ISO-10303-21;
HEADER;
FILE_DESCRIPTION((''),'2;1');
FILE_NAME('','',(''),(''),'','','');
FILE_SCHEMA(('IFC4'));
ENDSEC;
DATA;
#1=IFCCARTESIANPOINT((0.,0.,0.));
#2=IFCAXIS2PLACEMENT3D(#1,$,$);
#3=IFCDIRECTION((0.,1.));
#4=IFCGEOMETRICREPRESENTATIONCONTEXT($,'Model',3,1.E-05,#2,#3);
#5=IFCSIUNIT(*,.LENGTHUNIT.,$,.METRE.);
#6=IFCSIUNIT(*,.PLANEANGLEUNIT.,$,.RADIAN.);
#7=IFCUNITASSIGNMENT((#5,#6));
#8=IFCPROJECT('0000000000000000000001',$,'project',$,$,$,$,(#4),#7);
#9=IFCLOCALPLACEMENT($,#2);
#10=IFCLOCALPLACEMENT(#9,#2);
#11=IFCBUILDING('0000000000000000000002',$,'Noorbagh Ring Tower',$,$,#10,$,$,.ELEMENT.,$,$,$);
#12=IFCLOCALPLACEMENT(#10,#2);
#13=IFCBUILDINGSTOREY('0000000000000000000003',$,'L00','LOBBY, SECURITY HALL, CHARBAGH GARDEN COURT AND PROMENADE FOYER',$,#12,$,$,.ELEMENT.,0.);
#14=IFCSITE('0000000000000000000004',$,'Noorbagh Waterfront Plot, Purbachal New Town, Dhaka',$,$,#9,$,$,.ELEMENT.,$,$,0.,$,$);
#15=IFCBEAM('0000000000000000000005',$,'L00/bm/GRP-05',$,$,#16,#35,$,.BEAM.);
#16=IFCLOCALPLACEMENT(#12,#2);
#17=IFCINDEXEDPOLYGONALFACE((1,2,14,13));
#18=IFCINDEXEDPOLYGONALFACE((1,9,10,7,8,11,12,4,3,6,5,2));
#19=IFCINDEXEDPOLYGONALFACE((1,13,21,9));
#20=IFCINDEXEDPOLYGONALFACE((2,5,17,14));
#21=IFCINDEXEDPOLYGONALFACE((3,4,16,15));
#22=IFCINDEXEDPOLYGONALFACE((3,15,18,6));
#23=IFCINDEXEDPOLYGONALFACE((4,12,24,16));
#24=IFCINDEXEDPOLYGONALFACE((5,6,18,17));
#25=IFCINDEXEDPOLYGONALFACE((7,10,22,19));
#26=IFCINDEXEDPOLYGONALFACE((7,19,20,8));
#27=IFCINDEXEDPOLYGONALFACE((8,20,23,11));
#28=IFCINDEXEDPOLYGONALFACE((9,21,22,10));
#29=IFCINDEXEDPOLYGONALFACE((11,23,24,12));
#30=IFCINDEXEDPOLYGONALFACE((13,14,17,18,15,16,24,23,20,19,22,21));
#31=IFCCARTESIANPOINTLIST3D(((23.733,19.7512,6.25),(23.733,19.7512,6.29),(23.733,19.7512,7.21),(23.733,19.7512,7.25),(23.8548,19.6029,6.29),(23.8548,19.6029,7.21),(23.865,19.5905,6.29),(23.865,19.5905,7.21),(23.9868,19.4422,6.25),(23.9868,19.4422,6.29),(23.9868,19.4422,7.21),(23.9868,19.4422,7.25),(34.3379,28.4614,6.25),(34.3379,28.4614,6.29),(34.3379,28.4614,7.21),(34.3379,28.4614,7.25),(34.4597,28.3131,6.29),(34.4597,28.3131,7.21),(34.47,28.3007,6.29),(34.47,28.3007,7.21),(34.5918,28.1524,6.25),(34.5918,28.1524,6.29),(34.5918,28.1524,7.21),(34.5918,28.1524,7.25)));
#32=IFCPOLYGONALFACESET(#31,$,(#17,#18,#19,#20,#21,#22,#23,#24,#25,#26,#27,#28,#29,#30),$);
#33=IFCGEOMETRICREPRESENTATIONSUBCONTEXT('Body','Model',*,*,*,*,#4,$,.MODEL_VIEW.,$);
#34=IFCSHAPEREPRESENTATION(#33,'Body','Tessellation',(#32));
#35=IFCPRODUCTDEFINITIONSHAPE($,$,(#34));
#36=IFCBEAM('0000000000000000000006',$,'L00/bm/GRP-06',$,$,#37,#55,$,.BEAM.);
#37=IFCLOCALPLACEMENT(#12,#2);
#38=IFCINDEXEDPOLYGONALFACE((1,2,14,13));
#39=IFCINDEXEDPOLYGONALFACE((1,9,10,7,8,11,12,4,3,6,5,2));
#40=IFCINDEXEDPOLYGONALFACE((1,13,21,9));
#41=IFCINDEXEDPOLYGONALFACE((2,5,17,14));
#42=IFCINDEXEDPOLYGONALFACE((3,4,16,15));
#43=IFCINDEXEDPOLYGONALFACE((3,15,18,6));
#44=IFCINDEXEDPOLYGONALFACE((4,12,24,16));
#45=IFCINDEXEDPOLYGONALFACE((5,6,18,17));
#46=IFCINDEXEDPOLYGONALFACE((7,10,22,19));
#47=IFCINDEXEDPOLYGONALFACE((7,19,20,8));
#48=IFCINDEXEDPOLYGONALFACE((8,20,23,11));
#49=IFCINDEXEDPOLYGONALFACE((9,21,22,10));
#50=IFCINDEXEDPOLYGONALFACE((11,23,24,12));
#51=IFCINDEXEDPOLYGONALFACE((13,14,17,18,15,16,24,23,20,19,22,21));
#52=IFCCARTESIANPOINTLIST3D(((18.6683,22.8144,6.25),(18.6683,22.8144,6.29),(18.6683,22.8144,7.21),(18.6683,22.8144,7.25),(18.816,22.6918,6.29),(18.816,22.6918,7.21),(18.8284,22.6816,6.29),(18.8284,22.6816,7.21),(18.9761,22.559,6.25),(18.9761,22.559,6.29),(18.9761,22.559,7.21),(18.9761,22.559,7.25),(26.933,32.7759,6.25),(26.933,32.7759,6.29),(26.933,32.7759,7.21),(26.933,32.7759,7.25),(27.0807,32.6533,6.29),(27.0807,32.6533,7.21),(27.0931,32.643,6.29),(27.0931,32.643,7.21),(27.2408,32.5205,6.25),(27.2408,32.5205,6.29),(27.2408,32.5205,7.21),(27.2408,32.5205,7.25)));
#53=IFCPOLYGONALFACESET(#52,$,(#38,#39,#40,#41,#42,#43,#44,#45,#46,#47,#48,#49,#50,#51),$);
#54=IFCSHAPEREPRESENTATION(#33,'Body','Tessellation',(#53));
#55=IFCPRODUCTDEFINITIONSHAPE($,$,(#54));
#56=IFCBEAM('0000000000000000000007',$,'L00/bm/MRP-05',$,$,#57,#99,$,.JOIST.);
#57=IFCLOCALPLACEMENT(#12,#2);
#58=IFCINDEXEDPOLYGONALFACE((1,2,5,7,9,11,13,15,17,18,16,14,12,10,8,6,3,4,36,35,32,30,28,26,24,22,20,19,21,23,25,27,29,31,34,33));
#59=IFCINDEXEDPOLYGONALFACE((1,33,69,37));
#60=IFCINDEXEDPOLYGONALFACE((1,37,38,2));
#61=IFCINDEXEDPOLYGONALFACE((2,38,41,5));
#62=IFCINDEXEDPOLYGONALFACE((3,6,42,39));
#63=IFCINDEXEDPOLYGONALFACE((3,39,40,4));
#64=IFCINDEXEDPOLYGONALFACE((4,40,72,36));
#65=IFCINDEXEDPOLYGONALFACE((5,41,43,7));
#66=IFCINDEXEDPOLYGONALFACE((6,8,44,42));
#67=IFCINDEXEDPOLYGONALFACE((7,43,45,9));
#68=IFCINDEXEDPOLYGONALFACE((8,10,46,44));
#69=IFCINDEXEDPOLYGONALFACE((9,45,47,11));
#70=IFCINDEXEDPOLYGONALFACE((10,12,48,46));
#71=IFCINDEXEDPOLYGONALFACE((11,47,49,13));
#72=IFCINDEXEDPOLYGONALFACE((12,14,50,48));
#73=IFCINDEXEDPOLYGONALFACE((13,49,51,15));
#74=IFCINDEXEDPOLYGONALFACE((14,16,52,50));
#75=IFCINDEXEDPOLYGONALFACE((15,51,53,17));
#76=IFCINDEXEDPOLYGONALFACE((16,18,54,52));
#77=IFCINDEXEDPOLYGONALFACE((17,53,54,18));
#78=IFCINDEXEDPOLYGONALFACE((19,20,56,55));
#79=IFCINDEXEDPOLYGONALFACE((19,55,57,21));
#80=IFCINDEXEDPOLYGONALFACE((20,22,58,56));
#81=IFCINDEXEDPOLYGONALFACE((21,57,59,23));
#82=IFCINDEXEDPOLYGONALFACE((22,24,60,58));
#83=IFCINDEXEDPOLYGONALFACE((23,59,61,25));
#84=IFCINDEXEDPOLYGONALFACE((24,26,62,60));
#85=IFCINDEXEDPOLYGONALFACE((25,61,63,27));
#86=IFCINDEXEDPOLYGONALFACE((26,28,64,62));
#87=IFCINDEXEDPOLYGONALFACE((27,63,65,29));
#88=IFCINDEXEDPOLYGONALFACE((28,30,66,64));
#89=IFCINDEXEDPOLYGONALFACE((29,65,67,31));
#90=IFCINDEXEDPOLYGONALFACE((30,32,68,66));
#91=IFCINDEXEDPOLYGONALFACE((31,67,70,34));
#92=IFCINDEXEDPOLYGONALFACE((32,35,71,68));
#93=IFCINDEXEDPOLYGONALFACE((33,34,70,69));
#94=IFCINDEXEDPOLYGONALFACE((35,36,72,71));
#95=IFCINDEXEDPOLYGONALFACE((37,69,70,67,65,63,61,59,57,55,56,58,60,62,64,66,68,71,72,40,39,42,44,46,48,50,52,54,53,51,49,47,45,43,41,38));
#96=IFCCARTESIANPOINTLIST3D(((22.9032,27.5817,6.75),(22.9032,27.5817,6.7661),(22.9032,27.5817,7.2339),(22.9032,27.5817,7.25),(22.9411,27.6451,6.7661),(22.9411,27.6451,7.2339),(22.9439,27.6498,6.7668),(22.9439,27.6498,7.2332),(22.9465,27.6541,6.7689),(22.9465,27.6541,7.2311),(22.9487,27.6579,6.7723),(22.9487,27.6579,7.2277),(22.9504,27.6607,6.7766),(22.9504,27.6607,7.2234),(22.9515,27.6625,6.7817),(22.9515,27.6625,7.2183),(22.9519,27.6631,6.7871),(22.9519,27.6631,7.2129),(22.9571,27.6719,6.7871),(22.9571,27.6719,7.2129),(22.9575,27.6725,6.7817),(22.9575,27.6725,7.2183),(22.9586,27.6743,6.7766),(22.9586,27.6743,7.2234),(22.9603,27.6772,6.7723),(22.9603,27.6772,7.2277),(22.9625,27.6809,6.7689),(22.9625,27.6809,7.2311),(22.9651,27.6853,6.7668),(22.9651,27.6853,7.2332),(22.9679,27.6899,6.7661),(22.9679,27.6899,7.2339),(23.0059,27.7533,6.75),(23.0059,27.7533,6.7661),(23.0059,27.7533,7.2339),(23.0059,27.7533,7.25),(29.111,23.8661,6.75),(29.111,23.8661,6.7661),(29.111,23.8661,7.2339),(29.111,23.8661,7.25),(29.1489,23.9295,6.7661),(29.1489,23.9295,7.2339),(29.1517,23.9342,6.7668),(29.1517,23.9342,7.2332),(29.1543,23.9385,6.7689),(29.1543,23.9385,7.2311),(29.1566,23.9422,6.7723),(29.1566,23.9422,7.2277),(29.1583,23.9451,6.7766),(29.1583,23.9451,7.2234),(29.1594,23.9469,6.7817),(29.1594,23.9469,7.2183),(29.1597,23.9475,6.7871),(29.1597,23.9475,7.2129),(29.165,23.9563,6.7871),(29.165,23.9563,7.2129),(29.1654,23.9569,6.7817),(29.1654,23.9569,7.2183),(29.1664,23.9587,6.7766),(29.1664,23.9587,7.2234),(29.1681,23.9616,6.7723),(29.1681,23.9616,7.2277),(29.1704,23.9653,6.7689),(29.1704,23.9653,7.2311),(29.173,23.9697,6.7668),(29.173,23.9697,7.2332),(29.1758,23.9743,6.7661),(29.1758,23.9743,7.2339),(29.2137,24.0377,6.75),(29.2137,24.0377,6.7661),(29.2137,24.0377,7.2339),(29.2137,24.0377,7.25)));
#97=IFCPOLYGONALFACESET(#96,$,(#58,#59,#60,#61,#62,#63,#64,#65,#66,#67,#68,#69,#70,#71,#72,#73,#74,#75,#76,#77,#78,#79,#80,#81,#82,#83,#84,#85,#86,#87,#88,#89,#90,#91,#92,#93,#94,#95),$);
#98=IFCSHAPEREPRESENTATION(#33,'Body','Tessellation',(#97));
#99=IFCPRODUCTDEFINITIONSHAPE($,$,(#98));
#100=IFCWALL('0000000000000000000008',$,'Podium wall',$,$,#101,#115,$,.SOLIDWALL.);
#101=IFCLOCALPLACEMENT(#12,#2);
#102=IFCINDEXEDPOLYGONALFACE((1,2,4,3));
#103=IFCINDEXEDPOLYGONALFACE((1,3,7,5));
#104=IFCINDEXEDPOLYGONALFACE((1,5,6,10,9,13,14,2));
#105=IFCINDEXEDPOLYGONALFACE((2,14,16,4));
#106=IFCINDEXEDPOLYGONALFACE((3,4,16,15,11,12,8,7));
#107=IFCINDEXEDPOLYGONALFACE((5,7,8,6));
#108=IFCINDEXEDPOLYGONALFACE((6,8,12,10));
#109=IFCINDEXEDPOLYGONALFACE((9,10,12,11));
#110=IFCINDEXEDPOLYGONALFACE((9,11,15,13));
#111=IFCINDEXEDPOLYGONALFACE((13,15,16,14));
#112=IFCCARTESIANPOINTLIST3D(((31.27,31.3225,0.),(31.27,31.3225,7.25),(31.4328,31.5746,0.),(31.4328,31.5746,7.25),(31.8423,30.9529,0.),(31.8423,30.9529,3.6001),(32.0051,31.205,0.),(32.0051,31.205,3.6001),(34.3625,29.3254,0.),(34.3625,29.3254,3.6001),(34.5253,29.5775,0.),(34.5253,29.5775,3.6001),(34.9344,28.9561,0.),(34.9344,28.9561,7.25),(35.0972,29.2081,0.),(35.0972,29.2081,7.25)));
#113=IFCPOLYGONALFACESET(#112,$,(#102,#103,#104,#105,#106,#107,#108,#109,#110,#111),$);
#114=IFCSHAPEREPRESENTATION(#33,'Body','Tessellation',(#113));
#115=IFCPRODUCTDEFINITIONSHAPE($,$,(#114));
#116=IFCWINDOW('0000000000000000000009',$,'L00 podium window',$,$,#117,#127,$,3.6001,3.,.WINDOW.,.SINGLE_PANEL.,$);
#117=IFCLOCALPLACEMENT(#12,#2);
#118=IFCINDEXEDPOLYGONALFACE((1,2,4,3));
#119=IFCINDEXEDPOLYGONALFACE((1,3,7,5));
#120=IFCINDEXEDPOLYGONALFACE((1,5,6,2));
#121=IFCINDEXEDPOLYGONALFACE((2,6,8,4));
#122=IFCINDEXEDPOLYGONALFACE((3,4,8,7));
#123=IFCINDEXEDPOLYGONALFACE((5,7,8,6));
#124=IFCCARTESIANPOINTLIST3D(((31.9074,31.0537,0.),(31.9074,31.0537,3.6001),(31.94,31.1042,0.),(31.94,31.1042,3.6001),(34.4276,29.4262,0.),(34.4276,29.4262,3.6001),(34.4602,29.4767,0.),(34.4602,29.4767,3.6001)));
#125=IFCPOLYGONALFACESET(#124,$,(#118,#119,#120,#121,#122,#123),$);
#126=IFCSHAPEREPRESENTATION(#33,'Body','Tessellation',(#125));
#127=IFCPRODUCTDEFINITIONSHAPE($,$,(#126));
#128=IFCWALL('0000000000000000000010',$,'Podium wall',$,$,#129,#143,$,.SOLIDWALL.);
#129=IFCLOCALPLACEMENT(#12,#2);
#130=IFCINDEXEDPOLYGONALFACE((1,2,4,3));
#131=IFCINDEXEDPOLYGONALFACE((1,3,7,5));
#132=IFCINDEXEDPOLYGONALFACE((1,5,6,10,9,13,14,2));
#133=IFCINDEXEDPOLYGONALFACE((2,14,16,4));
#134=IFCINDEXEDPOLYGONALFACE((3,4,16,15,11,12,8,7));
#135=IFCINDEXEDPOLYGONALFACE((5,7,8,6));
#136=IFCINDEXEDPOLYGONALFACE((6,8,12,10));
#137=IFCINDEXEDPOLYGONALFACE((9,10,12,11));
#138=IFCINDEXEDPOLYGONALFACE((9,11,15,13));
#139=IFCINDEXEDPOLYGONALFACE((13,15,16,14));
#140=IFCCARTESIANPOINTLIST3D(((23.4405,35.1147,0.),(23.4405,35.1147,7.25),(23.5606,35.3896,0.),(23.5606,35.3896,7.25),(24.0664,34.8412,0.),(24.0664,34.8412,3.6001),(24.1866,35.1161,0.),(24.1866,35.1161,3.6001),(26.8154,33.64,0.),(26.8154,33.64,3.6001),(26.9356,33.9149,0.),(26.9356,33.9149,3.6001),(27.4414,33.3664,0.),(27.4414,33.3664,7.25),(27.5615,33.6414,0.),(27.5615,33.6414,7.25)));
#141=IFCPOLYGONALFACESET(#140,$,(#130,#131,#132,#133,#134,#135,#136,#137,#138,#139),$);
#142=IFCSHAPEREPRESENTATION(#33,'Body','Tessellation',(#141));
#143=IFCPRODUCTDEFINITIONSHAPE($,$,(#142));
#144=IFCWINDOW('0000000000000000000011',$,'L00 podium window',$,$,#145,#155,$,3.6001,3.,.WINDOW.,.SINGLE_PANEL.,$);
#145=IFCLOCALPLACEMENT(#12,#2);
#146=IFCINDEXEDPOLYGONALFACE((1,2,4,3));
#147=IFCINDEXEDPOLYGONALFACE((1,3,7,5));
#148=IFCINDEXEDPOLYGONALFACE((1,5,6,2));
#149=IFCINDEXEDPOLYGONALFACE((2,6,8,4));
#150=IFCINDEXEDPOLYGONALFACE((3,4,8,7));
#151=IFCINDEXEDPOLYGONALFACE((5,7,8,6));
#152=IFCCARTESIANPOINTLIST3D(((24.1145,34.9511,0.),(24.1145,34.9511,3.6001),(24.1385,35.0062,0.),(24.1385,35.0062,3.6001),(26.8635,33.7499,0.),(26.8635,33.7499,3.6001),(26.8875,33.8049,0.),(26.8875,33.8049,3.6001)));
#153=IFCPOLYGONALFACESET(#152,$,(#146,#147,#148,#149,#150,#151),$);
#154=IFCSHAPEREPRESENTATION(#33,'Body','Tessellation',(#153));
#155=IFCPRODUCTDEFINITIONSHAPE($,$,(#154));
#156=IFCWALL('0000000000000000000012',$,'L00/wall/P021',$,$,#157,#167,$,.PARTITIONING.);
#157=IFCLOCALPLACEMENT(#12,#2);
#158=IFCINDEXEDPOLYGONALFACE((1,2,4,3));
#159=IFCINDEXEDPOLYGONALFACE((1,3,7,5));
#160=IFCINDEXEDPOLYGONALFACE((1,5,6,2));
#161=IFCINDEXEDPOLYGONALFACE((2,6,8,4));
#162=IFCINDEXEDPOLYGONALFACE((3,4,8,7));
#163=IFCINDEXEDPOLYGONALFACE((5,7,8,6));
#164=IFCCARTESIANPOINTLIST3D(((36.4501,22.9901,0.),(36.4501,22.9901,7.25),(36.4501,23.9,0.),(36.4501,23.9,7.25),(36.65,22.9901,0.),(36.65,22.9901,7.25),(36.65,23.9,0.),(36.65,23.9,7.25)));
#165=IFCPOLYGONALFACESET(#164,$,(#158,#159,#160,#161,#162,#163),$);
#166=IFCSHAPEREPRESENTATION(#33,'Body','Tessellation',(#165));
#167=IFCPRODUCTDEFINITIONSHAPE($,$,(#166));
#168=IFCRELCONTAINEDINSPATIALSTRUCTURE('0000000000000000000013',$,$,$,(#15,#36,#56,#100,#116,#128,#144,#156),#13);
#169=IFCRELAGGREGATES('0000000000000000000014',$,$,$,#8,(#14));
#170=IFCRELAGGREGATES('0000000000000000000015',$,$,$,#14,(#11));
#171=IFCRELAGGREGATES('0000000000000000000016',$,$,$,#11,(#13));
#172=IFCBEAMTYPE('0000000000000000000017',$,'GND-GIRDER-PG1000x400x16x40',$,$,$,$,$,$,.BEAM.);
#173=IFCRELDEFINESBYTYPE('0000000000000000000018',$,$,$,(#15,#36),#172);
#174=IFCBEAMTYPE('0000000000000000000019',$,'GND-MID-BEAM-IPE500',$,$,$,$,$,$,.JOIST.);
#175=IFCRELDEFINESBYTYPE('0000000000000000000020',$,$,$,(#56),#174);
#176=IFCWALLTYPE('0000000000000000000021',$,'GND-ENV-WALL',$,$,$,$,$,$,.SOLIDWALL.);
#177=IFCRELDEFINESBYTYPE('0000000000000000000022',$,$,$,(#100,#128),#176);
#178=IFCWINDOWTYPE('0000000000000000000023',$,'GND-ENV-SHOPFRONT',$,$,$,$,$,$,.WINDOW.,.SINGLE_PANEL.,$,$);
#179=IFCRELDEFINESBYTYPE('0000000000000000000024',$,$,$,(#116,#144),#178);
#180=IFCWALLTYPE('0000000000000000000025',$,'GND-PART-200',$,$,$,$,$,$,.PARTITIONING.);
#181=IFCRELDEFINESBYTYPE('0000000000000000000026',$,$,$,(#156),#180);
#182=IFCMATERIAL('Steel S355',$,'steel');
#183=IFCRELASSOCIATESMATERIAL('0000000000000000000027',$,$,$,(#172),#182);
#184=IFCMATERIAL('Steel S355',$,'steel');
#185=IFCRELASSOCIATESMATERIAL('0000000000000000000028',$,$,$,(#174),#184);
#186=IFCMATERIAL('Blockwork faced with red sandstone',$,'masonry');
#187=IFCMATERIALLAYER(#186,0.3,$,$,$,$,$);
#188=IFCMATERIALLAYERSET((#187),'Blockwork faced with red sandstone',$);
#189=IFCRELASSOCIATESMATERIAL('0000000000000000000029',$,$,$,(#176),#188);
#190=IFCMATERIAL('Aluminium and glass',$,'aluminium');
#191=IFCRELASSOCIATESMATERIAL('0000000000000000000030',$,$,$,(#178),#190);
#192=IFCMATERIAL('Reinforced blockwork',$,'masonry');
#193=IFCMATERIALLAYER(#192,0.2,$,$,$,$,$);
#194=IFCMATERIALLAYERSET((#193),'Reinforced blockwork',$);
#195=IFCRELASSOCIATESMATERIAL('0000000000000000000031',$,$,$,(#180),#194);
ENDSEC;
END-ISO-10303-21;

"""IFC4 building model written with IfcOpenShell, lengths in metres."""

from ifc_helpers import new_model, si_unit, direction, frame, frame_2d, origin, origin_2d, place, context, subcontext, project, spatial, rectangle, i_section, extrude, material, layer, layer_set, material_profile, profile_set, type_object, element, fill, save


model = new_model("IFC4")

# Units and contexts
model_context = context("Model", 3, precision=1e-05, world=origin(), true_north=direction((0.0, 1.0)))
body_context = subcontext(model_context, "Body", "Model", "MODEL_VIEW")
ifc_project = project(units=[si_unit("LENGTHUNIT", "METRE"), si_unit("PLANEANGLEUNIT", "RADIAN")], contexts=[model_context])

# Site, building, storey
site_placement = place(None, origin())
site = spatial("IfcSite", under=ifc_project, at=site_placement, Name="Noorbagh Waterfront Plot, Purbachal New Town, Dhaka", CompositionType="ELEMENT", RefElevation=0.0)
building_placement = place(site_placement, origin())
building = spatial("IfcBuilding", under=site, at=building_placement, Name="Noorbagh Ring Tower", CompositionType="ELEMENT")
storey_placement = place(building_placement, origin())
storey = spatial("IfcBuildingStorey", under=building, at=storey_placement, Name="L00", Description="LOBBY, SECURITY HALL, CHARBAGH GARDEN COURT AND PROMENADE FOYER", CompositionType="ELEMENT", Elevation=0.0)

# Beams
ifc_material_1 = material(Name="Steel S355", Category="steel")
ifc_material_profile_1 = material_profile(ifc_material_1, i_section(OverallWidth=0.3999, OverallDepth=1.0, WebThickness=0.0161, FlangeThickness=0.04, at=origin_2d()), Name="PG1000x400x16x40")
ifc_profile_set_1 = profile_set([ifc_material_profile_1], Name="Steel S355")
beam_type_1 = type_object("IfcBeamType", Name="GND-GIRDER-PG1000x400x16x40", PredefinedType="BEAM", material=ifc_profile_set_1)
beam_1_placement = place(storey_placement, frame((34.4648, 28.3069, 6.75), z_axis=(-0.772763, -0.634695, 0.0), x_axis=(0.634695, -0.772763, 0.0)))
element("IfcBeam", 1, at=beam_1_placement, inside=storey, type_object=beam_type_1, Name="L00/bm/GRP-05", PredefinedType="BEAM", context=body_context, shape_type="SweptSolid", body=[
    extrude(i_section(OverallWidth=0.3999, OverallDepth=1.0, WebThickness=0.0161, FlangeThickness=0.04, at=origin_2d()), origin(), (0.0, 0.0, 1.0), 13.7234),
])
beam_2_placement = place(storey_placement, frame((27.0869, 32.6482, 6.75), z_axis=(-0.638517, -0.769608, 0.0), x_axis=(0.769608, -0.638517, 0.0)))
element("IfcBeam", 2, at=beam_2_placement, inside=storey, type_object=beam_type_1, Name="L00/bm/GRP-06", PredefinedType="BEAM", context=body_context, shape_type="SweptSolid", body=[
    extrude(i_section(OverallWidth=0.3999, OverallDepth=1.0, WebThickness=0.0161, FlangeThickness=0.04, at=origin_2d()), origin(), (0.0, 0.0, 1.0), 12.9436),
])
ifc_material_2 = material(Name="Steel S355", Category="steel")
ifc_material_profile_2 = material_profile(ifc_material_2, i_section(OverallWidth=0.2, OverallDepth=0.5, WebThickness=0.0103, FlangeThickness=0.0161, FilletRadius=0.021, at=origin_2d()), Name="IPE500")
ifc_profile_set_2 = profile_set([ifc_material_profile_2], Name="Steel S355")
beam_type_2 = type_object("IfcBeamType", Name="GND-MID-BEAM-IPE500", PredefinedType="JOIST", material=ifc_profile_set_2)
beam_3_placement = place(storey_placement, frame((29.1624, 23.9519, 7.0), z_axis=(-0.858046, 0.513572, 0.0), x_axis=(-0.513572, -0.858046, 0.0)))
element("IfcBeam", 3, at=beam_3_placement, inside=storey, type_object=beam_type_2, Name="L00/bm/MRP-05", PredefinedType="JOIST", context=body_context, shape_type="SweptSolid", body=[
    extrude(i_section(OverallWidth=0.2, OverallDepth=0.5, WebThickness=0.0103, FlangeThickness=0.0161, FilletRadius=0.021, at=origin_2d()), origin(), (0.0, 0.0, 1.0), 7.2349),
])

# Shared definitions
ifc_material_3 = material(Name="Blockwork faced with red sandstone", Category="masonry")
ifc_layer_1 = layer(ifc_material_3, 0.3)
ifc_layer_set_1 = layer_set([ifc_layer_1], Name="Blockwork faced with red sandstone")
wall_type_1 = type_object("IfcWallType", Name="GND-ENV-WALL", PredefinedType="SOLIDWALL", material=ifc_layer_set_1)

# Wall, opening, window
wall_1_placement = place(storey_placement, frame((35.0159, 29.082, 0.0), z_axis=(0.0, 0.0, 1.0), x_axis=(-0.840047, 0.542513, 0.0)))
wall_1 = element("IfcWall", 4, at=wall_1_placement, inside=storey, type_object=wall_type_1, Name="Podium wall", PredefinedType="SOLIDWALL", context=body_context, shape_type="SweptSolid", body=[
    extrude(rectangle(XDim=4.3621, YDim=0.3, at=frame_2d((2.1812, 0.0))), origin(), (0.0, 0.0, 1.0), 7.25),
])
opening_1_placement = place(wall_1_placement, frame((0.6809, 0.0, 0.0)))
opening_1 = element("IfcOpeningElement", 5, at=opening_1_placement, cuts=wall_1, PredefinedType="OPENING", context=body_context, shape_type="SweptSolid", body=[
    extrude(rectangle(XDim=3.0, YDim=3.6001, at=frame_2d((1.5, 1.8))), frame((0.0, 0.1602, 0.0), z_axis=(0.0, -1.0, 0.0), x_axis=(1.0, 0.0, 0.0)), (0.0, 0.0, 1.0), 0.3201),
])
ifc_material_4 = material(Name="Aluminium and glass", Category="aluminium")
window_type = type_object("IfcWindowType", Name="GND-ENV-SHOPFRONT", PartitioningType="SINGLE_PANEL", PredefinedType="WINDOW", material=ifc_material_4)
window_1_placement = place(opening_1_placement, origin())
window_1 = element("IfcWindow", 6, at=window_1_placement, inside=storey, type_object=window_type, Name="L00 podium window", OverallHeight=3.6001, OverallWidth=3.0, PartitioningType="SINGLE_PANEL", PredefinedType="WINDOW", context=body_context, shape_type="SweptSolid", body=[
    extrude(rectangle(XDim=3.0, YDim=3.6001, at=frame_2d((1.5, 1.8))), frame((0.0, 0.03, 0.0), z_axis=(0.0, -1.0, 0.0), x_axis=(1.0, 0.0, 0.0)), (0.0, 0.0, 1.0), 0.0601),
])
fill(opening_1, window_1)

# Wall, opening, window
wall_2_placement = place(storey_placement, frame((27.5015, 33.5039, 0.0), z_axis=(0.0, 0.0, 1.0), x_axis=(-0.916337, 0.400408, 0.0)))
wall_2 = element("IfcWall", 7, at=wall_2_placement, inside=storey, type_object=wall_type_1, Name="Podium wall", PredefinedType="SOLIDWALL", context=body_context, shape_type="SweptSolid", body=[
    extrude(rectangle(XDim=4.3662, YDim=0.3, at=frame_2d((2.1831, 0.0))), origin(), (0.0, 0.0, 1.0), 7.25),
])
opening_2_placement = place(wall_2_placement, frame((0.6831, 0.0, 0.0)))
opening_2 = element("IfcOpeningElement", 8, at=opening_2_placement, cuts=wall_2, PredefinedType="OPENING", context=body_context, shape_type="SweptSolid", body=[
    extrude(rectangle(XDim=3.0, YDim=3.6001, at=frame_2d((1.5, 1.8))), frame((0.0, 0.1602, 0.0), z_axis=(0.0, -1.0, 0.0), x_axis=(1.0, 0.0, 0.0)), (0.0, 0.0, 1.0), 0.3201),
])
window_2_placement = place(opening_2_placement, origin())
window_2 = element("IfcWindow", 9, at=window_2_placement, inside=storey, type_object=window_type, Name="L00 podium window", OverallHeight=3.6001, OverallWidth=3.0, PartitioningType="SINGLE_PANEL", PredefinedType="WINDOW", context=body_context, shape_type="SweptSolid", body=[
    extrude(rectangle(XDim=3.0, YDim=3.6001, at=frame_2d((1.5, 1.8))), frame((0.0, 0.03, 0.0), z_axis=(0.0, -1.0, 0.0), x_axis=(1.0, 0.0, 0.0)), (0.0, 0.0, 1.0), 0.0601),
])
fill(opening_2, window_2)

# Wall
ifc_material_5 = material(Name="Reinforced blockwork", Category="masonry")
ifc_layer_2 = layer(ifc_material_5, 0.2)
ifc_layer_set_2 = layer_set([ifc_layer_2], Name="Reinforced blockwork")
wall_type_2 = type_object("IfcWallType", Name="GND-PART-200", PredefinedType="PARTITIONING", material=ifc_layer_set_2)
wall_3_placement = place(storey_placement, frame((36.55, 22.99, 0.0), z_axis=(0.0, 0.0, 1.0), x_axis=(0.0, 1.0, 0.0)))
element("IfcWall", 10, at=wall_3_placement, inside=storey, type_object=wall_type_2, Name="L00/wall/P021", PredefinedType="PARTITIONING", context=body_context, shape_type="SweptSolid", body=[
    extrude(rectangle(XDim=0.9099, YDim=0.2, at=frame_2d((0.4551, 0.0))), origin(), (0.0, 0.0, 1.0), 7.25),
])

save(model, "model.ifc")
